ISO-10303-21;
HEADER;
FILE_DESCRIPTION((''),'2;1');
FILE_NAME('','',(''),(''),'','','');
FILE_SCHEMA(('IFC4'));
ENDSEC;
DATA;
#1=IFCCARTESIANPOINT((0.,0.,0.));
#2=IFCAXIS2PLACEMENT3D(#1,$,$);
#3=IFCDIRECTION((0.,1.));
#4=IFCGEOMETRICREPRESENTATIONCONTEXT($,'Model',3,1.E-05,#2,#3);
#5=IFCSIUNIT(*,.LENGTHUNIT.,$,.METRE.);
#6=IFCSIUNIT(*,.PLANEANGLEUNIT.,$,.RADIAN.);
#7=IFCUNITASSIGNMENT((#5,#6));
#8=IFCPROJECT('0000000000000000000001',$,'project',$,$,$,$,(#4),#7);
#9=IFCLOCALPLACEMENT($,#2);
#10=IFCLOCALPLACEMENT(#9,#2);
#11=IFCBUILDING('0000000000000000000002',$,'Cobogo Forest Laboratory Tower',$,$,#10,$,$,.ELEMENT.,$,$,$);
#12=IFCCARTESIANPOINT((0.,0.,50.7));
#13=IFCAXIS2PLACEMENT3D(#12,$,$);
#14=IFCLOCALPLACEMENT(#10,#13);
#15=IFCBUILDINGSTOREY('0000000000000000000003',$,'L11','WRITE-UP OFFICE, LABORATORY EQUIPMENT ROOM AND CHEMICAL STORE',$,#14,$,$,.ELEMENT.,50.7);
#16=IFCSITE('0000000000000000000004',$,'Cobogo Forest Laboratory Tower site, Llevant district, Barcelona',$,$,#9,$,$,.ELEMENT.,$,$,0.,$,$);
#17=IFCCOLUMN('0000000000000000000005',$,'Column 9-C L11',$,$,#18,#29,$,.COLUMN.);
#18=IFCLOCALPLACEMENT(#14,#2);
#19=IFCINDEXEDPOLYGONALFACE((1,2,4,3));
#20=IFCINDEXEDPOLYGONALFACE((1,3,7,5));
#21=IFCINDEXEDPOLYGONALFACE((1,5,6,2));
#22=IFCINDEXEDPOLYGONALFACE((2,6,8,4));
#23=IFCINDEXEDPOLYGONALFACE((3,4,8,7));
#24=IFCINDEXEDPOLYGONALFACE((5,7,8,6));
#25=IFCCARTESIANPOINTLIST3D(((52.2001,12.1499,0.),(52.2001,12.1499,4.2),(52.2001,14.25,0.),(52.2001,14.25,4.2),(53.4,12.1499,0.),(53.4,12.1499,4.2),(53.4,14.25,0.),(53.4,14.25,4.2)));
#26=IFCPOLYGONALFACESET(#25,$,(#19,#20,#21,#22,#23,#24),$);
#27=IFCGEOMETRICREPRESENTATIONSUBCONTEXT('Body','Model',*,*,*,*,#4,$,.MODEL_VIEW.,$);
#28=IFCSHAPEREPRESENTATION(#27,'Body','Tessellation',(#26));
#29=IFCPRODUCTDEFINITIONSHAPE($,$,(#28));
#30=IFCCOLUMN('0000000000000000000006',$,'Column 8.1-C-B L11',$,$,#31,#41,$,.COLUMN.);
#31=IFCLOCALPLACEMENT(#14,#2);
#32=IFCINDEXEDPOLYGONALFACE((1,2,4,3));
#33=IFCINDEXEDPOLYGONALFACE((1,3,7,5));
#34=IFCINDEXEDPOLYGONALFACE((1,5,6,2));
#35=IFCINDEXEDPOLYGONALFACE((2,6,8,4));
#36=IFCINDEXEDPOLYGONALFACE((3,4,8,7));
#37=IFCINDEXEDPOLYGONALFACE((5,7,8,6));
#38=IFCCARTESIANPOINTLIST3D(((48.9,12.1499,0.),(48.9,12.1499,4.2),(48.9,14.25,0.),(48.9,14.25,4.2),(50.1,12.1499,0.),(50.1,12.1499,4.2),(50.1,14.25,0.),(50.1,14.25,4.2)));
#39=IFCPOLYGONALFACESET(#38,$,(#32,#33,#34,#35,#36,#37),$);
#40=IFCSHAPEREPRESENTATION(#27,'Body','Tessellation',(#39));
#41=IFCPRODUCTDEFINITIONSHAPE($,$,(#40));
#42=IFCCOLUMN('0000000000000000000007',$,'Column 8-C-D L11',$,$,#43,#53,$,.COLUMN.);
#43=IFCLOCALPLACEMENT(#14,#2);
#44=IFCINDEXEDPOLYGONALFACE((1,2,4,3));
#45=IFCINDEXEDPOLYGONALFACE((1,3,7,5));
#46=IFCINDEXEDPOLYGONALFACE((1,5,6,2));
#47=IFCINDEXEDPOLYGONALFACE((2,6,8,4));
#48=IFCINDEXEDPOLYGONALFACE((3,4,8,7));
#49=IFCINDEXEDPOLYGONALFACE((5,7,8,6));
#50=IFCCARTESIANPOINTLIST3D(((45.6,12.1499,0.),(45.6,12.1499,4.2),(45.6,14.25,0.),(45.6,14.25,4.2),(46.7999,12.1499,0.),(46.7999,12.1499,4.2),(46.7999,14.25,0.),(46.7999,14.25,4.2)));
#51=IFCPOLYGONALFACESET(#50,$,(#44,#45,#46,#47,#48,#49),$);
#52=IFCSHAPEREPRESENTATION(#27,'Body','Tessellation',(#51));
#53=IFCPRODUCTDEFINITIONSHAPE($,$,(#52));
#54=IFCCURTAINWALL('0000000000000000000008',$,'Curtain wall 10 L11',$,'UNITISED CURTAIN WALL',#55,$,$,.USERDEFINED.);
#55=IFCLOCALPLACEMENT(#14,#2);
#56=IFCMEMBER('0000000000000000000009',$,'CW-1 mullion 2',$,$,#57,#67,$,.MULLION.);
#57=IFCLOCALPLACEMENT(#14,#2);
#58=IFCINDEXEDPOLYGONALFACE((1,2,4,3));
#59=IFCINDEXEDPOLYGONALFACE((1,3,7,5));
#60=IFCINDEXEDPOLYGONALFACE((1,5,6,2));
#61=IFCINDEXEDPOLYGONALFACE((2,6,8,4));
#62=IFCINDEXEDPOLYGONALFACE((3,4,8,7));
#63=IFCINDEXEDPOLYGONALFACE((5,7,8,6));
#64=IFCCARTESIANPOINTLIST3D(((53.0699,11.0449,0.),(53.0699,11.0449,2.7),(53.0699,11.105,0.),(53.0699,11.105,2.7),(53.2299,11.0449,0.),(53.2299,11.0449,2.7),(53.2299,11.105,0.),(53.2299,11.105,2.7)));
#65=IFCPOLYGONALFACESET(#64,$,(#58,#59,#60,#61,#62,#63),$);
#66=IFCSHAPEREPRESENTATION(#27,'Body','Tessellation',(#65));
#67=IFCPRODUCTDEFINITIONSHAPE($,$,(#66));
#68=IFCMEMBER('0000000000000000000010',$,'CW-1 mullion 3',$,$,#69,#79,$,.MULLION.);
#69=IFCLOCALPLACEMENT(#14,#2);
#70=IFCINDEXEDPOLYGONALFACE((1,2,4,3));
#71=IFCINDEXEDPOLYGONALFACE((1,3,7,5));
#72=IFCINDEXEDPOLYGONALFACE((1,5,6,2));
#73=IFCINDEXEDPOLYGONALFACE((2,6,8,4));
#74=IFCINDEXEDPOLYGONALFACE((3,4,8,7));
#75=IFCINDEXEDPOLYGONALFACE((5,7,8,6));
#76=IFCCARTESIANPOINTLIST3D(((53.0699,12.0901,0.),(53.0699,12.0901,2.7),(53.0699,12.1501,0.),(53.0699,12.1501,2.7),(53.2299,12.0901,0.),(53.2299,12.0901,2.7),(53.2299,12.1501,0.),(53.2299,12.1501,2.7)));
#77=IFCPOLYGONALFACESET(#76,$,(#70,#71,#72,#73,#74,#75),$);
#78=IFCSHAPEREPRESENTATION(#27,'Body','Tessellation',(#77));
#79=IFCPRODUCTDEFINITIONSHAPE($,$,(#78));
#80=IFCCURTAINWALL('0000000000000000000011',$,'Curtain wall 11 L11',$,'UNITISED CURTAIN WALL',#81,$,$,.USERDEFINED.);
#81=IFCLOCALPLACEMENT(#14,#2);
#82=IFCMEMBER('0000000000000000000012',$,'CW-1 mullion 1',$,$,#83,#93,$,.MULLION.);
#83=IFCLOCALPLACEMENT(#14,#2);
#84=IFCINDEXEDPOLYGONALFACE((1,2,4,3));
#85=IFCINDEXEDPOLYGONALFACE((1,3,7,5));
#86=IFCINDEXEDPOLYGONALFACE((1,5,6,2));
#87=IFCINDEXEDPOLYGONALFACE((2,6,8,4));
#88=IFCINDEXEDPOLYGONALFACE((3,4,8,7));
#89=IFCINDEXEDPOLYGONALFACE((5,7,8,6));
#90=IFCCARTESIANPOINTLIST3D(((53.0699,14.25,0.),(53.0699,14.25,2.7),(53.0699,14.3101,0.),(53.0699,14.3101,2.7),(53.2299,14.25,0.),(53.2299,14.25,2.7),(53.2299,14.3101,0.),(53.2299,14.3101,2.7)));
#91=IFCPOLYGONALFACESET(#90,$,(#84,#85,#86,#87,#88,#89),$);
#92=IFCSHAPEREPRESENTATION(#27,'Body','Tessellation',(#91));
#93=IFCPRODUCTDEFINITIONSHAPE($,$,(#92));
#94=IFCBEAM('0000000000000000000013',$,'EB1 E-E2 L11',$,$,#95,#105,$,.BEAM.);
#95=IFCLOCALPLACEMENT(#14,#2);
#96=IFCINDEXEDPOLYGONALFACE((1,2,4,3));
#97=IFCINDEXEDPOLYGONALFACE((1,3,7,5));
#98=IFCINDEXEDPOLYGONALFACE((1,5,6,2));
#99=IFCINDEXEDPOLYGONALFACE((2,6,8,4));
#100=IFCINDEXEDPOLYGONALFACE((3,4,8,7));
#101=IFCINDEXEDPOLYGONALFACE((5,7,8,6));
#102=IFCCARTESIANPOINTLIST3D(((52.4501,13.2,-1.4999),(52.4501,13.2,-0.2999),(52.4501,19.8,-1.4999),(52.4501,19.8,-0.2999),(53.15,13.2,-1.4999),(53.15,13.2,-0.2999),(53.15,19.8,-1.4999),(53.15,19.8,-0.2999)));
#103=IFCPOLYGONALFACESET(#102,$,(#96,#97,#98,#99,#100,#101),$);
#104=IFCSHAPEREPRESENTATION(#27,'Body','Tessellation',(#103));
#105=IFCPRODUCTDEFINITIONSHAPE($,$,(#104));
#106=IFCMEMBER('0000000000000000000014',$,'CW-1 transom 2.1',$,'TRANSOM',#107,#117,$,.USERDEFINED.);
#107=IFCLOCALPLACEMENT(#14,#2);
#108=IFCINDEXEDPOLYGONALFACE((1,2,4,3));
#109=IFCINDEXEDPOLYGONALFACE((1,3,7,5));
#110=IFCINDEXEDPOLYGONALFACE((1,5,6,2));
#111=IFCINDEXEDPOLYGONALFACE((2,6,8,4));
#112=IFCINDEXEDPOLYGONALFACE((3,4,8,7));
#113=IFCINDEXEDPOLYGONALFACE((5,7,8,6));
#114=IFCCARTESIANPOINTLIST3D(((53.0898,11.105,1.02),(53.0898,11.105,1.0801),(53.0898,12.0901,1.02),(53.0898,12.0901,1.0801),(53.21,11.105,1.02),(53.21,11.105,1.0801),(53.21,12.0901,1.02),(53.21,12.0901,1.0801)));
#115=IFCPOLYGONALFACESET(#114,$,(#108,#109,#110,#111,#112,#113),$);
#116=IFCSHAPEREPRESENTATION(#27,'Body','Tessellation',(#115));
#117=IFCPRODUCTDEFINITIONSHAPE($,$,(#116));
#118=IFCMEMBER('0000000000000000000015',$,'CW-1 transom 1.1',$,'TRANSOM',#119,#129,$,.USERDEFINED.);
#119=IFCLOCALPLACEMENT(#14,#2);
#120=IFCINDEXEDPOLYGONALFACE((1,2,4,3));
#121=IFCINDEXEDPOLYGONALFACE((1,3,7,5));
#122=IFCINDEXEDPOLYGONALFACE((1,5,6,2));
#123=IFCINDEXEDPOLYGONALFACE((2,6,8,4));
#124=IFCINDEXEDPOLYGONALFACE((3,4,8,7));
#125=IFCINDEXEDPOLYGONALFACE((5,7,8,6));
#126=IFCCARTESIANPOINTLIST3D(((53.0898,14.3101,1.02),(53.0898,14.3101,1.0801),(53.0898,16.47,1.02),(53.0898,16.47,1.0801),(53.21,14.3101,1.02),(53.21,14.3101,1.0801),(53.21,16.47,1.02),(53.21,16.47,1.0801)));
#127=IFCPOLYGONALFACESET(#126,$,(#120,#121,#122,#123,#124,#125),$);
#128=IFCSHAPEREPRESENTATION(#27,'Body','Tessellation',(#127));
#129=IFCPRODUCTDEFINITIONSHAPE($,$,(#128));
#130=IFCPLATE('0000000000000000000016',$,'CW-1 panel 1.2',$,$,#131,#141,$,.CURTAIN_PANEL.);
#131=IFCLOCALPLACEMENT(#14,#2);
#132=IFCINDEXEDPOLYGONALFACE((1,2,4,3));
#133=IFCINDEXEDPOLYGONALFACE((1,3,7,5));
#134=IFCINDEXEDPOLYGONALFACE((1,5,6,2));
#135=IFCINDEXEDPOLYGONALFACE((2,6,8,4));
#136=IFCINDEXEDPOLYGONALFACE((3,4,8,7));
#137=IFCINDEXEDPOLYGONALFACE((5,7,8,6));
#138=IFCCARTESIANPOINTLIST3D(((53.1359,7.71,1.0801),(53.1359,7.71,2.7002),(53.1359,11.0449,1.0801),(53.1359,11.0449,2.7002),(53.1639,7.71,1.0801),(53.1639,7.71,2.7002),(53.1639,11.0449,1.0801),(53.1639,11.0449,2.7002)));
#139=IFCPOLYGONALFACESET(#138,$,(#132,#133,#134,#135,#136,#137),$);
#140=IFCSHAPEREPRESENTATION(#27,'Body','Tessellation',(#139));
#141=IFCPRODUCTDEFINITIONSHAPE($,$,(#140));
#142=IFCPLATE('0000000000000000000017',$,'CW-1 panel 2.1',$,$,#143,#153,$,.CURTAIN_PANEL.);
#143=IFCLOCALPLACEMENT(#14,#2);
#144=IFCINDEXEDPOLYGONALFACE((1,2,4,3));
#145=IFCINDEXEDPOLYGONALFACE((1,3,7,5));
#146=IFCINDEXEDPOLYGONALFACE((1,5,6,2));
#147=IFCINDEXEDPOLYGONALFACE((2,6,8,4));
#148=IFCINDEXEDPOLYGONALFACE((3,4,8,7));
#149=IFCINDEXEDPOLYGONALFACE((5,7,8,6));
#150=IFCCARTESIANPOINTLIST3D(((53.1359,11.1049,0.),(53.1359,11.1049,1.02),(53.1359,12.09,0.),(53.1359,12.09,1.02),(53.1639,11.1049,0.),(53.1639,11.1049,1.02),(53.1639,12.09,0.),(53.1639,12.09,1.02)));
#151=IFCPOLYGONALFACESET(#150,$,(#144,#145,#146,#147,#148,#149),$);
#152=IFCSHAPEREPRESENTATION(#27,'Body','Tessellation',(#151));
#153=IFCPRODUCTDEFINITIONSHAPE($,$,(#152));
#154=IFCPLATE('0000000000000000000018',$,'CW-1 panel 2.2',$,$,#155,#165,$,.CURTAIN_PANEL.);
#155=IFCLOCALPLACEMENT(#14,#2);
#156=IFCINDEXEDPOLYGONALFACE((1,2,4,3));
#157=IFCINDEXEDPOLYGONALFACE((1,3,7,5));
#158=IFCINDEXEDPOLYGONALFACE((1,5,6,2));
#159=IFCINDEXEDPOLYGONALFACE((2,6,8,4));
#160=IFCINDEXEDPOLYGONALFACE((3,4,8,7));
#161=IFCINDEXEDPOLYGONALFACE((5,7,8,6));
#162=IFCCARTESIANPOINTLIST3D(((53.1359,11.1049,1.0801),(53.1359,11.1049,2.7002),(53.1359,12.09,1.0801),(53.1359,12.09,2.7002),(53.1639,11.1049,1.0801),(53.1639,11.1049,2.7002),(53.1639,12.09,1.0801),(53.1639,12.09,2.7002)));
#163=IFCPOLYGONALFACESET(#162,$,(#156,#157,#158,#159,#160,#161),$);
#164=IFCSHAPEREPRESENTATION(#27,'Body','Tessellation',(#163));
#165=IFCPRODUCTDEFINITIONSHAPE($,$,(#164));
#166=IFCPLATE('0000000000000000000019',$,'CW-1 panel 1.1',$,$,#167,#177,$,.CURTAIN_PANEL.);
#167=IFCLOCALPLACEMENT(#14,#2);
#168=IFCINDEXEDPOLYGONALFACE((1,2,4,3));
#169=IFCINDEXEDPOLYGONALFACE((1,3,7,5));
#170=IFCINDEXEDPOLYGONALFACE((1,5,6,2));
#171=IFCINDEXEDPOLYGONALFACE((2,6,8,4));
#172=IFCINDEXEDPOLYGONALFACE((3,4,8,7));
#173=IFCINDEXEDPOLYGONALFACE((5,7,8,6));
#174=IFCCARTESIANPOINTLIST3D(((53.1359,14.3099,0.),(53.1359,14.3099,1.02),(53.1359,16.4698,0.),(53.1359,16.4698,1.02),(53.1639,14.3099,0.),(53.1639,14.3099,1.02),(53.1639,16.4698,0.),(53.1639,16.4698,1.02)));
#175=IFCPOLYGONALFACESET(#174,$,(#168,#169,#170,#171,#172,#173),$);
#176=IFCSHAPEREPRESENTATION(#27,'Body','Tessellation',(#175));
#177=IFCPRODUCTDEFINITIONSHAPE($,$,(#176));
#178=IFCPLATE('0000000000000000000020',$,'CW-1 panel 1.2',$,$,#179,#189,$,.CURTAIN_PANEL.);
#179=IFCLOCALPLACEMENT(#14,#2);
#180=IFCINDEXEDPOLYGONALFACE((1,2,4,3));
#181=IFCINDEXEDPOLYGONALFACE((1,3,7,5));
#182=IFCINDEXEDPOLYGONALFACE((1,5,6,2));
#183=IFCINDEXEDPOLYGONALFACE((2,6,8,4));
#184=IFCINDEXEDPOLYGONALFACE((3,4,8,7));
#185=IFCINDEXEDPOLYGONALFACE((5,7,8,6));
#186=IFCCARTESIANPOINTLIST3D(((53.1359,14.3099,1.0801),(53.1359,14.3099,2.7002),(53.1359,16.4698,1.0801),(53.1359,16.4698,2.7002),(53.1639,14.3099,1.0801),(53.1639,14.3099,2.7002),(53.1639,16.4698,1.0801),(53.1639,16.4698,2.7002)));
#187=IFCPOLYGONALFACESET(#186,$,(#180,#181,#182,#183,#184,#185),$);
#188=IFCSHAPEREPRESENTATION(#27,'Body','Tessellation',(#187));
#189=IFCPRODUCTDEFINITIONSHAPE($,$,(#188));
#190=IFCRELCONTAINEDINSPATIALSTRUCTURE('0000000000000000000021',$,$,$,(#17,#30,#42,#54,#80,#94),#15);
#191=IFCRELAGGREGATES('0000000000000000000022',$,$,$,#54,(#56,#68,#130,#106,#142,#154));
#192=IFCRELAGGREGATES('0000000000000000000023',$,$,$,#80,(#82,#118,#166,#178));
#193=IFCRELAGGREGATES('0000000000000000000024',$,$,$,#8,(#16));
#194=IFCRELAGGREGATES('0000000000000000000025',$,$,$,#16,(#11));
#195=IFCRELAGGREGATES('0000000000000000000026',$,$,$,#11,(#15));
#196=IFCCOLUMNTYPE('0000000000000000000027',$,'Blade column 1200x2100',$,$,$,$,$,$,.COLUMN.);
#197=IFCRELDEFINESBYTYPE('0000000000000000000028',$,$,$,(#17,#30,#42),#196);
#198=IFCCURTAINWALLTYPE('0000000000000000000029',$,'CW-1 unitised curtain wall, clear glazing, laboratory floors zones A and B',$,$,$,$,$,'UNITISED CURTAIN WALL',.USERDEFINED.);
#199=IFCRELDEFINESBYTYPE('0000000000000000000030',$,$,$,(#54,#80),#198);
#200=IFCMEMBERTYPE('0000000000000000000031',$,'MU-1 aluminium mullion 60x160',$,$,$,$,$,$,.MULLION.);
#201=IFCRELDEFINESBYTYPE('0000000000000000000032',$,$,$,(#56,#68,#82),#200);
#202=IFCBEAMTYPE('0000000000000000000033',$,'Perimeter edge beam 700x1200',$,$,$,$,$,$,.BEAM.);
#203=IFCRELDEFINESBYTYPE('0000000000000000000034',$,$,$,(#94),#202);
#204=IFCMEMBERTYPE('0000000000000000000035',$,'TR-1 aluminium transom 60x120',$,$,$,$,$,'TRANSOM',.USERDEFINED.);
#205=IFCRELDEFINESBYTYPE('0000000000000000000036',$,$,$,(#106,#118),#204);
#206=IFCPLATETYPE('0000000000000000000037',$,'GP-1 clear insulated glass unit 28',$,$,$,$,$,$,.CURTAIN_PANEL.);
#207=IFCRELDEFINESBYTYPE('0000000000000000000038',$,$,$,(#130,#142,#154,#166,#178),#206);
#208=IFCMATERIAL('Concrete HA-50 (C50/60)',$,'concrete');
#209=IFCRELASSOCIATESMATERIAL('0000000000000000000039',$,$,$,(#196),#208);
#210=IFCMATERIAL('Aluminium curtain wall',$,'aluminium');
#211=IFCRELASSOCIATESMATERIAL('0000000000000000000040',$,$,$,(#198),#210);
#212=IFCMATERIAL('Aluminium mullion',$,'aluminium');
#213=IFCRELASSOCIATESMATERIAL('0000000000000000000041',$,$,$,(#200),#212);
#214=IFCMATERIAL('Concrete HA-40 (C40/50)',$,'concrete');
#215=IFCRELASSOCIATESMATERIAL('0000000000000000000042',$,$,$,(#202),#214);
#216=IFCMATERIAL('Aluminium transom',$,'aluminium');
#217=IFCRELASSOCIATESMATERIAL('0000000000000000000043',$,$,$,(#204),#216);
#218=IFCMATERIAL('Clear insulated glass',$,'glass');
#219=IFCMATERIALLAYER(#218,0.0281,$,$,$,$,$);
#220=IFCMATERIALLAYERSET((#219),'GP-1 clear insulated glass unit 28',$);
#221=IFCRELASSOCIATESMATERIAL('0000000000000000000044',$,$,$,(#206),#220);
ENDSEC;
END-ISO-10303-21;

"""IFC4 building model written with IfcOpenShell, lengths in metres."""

from ifc_helpers import new_model, si_unit, direction, frame, origin, origin_2d, place, context, subcontext, project, spatial, rectangle, extrude, material, layer, layer_set, material_profile, profile_set, type_object, element, aggregate, save


model = new_model("IFC4")

# Units and contexts
model_context = context("Model", 3, precision=1e-05, world=origin(), true_north=direction((0.0, 1.0)))
body_context = subcontext(model_context, "Body", "Model", "MODEL_VIEW")
ifc_project = project(units=[si_unit("LENGTHUNIT", "METRE"), si_unit("PLANEANGLEUNIT", "RADIAN")], contexts=[model_context])

# Site, building, storey
site_placement = place(None, origin())
site = spatial("IfcSite", under=ifc_project, at=site_placement, Name="Cobogo Forest Laboratory Tower site, Llevant district, Barcelona", CompositionType="ELEMENT", RefElevation=0.0)
building_placement = place(site_placement, origin())
building = spatial("IfcBuilding", under=site, at=building_placement, Name="Cobogo Forest Laboratory Tower", CompositionType="ELEMENT")
storey_placement = place(building_placement, frame((0.0, 0.0, 50.7)))
storey = spatial("IfcBuildingStorey", under=building, at=storey_placement, Name="L11", Description="WRITE-UP OFFICE, LABORATORY EQUIPMENT ROOM AND CHEMICAL STORE", CompositionType="ELEMENT", Elevation=50.7)

# Columns
ifc_material_1 = material(Name="Concrete HA-50 (C50/60)", Category="concrete")
ifc_material_profile_1 = material_profile(ifc_material_1, rectangle(XDim=2.1001, YDim=1.2, at=origin_2d()), Name="RC 1200x2100")
ifc_profile_set_1 = profile_set([ifc_material_profile_1], Name="Concrete HA-50 (C50/60)")
column_type = type_object("IfcColumnType", Name="Blade column 1200x2100", PredefinedType="COLUMN", material=ifc_profile_set_1)
for number, where, z_axis, x_axis, name in (
    (1, (52.8, 13.2, 0.0), (0.0, 0.0, 1.0), (0.0, 1.0, 0.0), "Column 9-C L11"),
    (2, (49.5, 13.2, 0.0), (0.0, 0.0, 1.0), (0.0, 1.0, 0.0), "Column 8.1-C-B L11"),
    (3, (46.2, 13.2, 0.0), (0.0, 0.0, 1.0), (0.0, 1.0, 0.0), "Column 8-C-D L11"),
):
    element("IfcColumn", number, at=place(storey_placement, frame(where, z_axis=z_axis, x_axis=x_axis)), inside=storey, type_object=column_type, Name=name, PredefinedType="COLUMN", context=body_context, shape_type="SweptSolid", body=[
        extrude(rectangle(XDim=2.1001, YDim=1.2, at=origin_2d()), origin(), (0.0, 0.0, 1.0), 4.2),
    ])

# Curtain wall, members
ifc_material_2 = material(Name="Aluminium curtain wall", Category="aluminium")
curtain_wall_type = type_object("IfcCurtainWallType", Name="CW-1 unitised curtain wall, clear glazing, laboratory floors zones A and B", ElementType="UNITISED CURTAIN WALL", PredefinedType="USERDEFINED", material=ifc_material_2)
curtain_wall_1_placement = place(storey_placement, origin())
curtain_wall_1 = element("IfcCurtainWall", 4, at=curtain_wall_1_placement, inside=storey, type_object=curtain_wall_type, Name="Curtain wall 10 L11", ObjectType="UNITISED CURTAIN WALL", PredefinedType="USERDEFINED")
ifc_material_3 = material(Name="Aluminium mullion", Category="aluminium")
ifc_material_profile_2 = material_profile(ifc_material_3, rectangle(XDim=0.0601, YDim=0.1599, at=origin_2d()), Name="AL 60x160")
ifc_profile_set_2 = profile_set([ifc_material_profile_2], Name="Aluminium mullion")
member_type_1 = type_object("IfcMemberType", Name="MU-1 aluminium mullion 60x160", PredefinedType="MULLION", material=ifc_profile_set_2)
member_1_placement = place(storey_placement, frame((53.1499, 11.075, 0.0), z_axis=(0.0, 0.0, 1.0), x_axis=(0.0, 1.0, 0.0)))
member_1 = element("IfcMember", 5, at=member_1_placement, type_object=member_type_1, Name="CW-1 mullion 2", PredefinedType="MULLION", context=body_context, shape_type="SweptSolid", body=[
    extrude(rectangle(XDim=0.0601, YDim=0.1599, at=origin_2d()), origin(), (0.0, 0.0, 1.0), 2.7),
])
member_2_placement = place(storey_placement, frame((53.1499, 12.1201, 0.0), z_axis=(0.0, 0.0, 1.0), x_axis=(0.0, 1.0, 0.0)))
member_2 = element("IfcMember", 6, at=member_2_placement, type_object=member_type_1, Name="CW-1 mullion 3", PredefinedType="MULLION", context=body_context, shape_type="SweptSolid", body=[
    extrude(rectangle(XDim=0.0601, YDim=0.1599, at=origin_2d()), origin(), (0.0, 0.0, 1.0), 2.7),
])

# Curtain wall, member
curtain_wall_2_placement = place(storey_placement, origin())
curtain_wall_2 = element("IfcCurtainWall", 7, at=curtain_wall_2_placement, inside=storey, type_object=curtain_wall_type, Name="Curtain wall 11 L11", ObjectType="UNITISED CURTAIN WALL", PredefinedType="USERDEFINED")
member_3_placement = place(storey_placement, frame((53.1499, 14.28, 0.0), z_axis=(0.0, 0.0, 1.0), x_axis=(0.0, 1.0, 0.0)))
member_3 = element("IfcMember", 8, at=member_3_placement, type_object=member_type_1, Name="CW-1 mullion 1", PredefinedType="MULLION", context=body_context, shape_type="SweptSolid", body=[
    extrude(rectangle(XDim=0.0601, YDim=0.1599, at=origin_2d()), origin(), (0.0, 0.0, 1.0), 2.7),
])

# Beam
ifc_material_4 = material(Name="Concrete HA-40 (C40/50)", Category="concrete")
ifc_material_profile_3 = material_profile(ifc_material_4, rectangle(XDim=0.7, YDim=1.2, at=origin_2d()), Name="RC 700x1200")
ifc_profile_set_3 = profile_set([ifc_material_profile_3], Name="Concrete HA-40 (C40/50)")
beam_type = type_object("IfcBeamType", Name="Perimeter edge beam 700x1200", PredefinedType="BEAM", material=ifc_profile_set_3)
beam_placement = place(storey_placement, frame((52.8, 13.2, -0.8999), z_axis=(0.0, 1.0, 0.0), x_axis=(-1.0, 0.0, 0.0)))
element("IfcBeam", 9, at=beam_placement, inside=storey, type_object=beam_type, Name="EB1 E-E2 L11", PredefinedType="BEAM", context=body_context, shape_type="SweptSolid", body=[
    extrude(rectangle(XDim=0.7, YDim=1.2, at=origin_2d()), origin(), (0.0, 0.0, 1.0), 6.6001),
])

# Members
ifc_material_5 = material(Name="Aluminium transom", Category="aluminium")
ifc_material_profile_4 = material_profile(ifc_material_5, rectangle(XDim=0.1201, YDim=0.0601, at=origin_2d()), Name="AL 60x120")
ifc_profile_set_4 = profile_set([ifc_material_profile_4], Name="Aluminium transom")
member_type_2 = type_object("IfcMemberType", Name="TR-1 aluminium transom 60x120", ElementType="TRANSOM", PredefinedType="USERDEFINED", material=ifc_profile_set_4)
member_4_placement = place(storey_placement, frame((53.1499, 11.105, 1.05), z_axis=(0.0, 1.0, 0.0), x_axis=(-1.0, 0.0, 0.0)))
member_4 = element("IfcMember", 10, at=member_4_placement, type_object=member_type_2, Name="CW-1 transom 2.1", ObjectType="TRANSOM", PredefinedType="USERDEFINED", context=body_context, shape_type="SweptSolid", body=[
    extrude(rectangle(XDim=0.1201, YDim=0.0601, at=origin_2d()), origin(), (0.0, 0.0, 1.0), 0.9851),
])
member_5_placement = place(storey_placement, frame((53.1499, 14.3101, 1.05), z_axis=(0.0, 1.0, 0.0), x_axis=(-1.0, 0.0, 0.0)))
member_5 = element("IfcMember", 11, at=member_5_placement, type_object=member_type_2, Name="CW-1 transom 1.1", ObjectType="TRANSOM", PredefinedType="USERDEFINED", context=body_context, shape_type="SweptSolid", body=[
    extrude(rectangle(XDim=0.1201, YDim=0.0601, at=origin_2d()), origin(), (0.0, 0.0, 1.0), 2.1599),
])

# Plates
ifc_material_6 = material(Name="Clear insulated glass", Category="glass")
ifc_layer_1 = layer(ifc_material_6, 0.0281)
ifc_layer_set_1 = layer_set([ifc_layer_1], Name="GP-1 clear insulated glass unit 28")
plate_type_1 = type_object("IfcPlateType", Name="GP-1 clear insulated glass unit 28", PredefinedType="CURTAIN_PANEL", material=ifc_layer_set_1)
plate_1_placement = place(storey_placement, frame((53.1499, 9.3774, 1.0801), z_axis=(0.0, 0.0, 1.0), x_axis=(0.0, 1.0, 0.0)))
plate_1 = element("IfcPlate", 12, at=plate_1_placement, type_object=plate_type_1, Name="CW-1 panel 1.2", PredefinedType="CURTAIN_PANEL", context=body_context, shape_type="SweptSolid", body=[
    extrude(rectangle(XDim=3.335, YDim=0.0281, at=origin_2d()), origin(), (0.0, 0.0, 1.0), 1.6201),
])
plate_2_placement = place(storey_placement, frame((53.1499, 11.5974, 0.0), z_axis=(0.0, 0.0, 1.0), x_axis=(0.0, 1.0, 0.0)))
plate_2 = element("IfcPlate", 13, at=plate_2_placement, type_object=plate_type_1, Name="CW-1 panel 2.1", PredefinedType="CURTAIN_PANEL", context=body_context, shape_type="SweptSolid", body=[
    extrude(rectangle(XDim=0.9851, YDim=0.0281, at=origin_2d()), origin(), (0.0, 0.0, 1.0), 1.02),
])
plate_3_placement = place(storey_placement, frame((53.1499, 11.5974, 1.0801), z_axis=(0.0, 0.0, 1.0), x_axis=(0.0, 1.0, 0.0)))
plate_3 = element("IfcPlate", 14, at=plate_3_placement, type_object=plate_type_1, Name="CW-1 panel 2.2", PredefinedType="CURTAIN_PANEL", context=body_context, shape_type="SweptSolid", body=[
    extrude(rectangle(XDim=0.9851, YDim=0.0281, at=origin_2d()), origin(), (0.0, 0.0, 1.0), 1.6201),
])
aggregate(curtain_wall_1, [member_1, member_2, plate_1, member_4, plate_2, plate_3])
plate_4_placement = place(storey_placement, frame((53.1499, 15.3899, 0.0), z_axis=(0.0, 0.0, 1.0), x_axis=(0.0, 1.0, 0.0)))
plate_4 = element("IfcPlate", 15, at=plate_4_placement, type_object=plate_type_1, Name="CW-1 panel 1.1", PredefinedType="CURTAIN_PANEL", context=body_context, shape_type="SweptSolid", body=[
    extrude(rectangle(XDim=2.1599, YDim=0.0281, at=origin_2d()), origin(), (0.0, 0.0, 1.0), 1.02),
])
plate_5_placement = place(storey_placement, frame((53.1499, 15.3899, 1.0801), z_axis=(0.0, 0.0, 1.0), x_axis=(0.0, 1.0, 0.0)))
plate_5 = element("IfcPlate", 16, at=plate_5_placement, type_object=plate_type_1, Name="CW-1 panel 1.2", PredefinedType="CURTAIN_PANEL", context=body_context, shape_type="SweptSolid", body=[
    extrude(rectangle(XDim=2.1599, YDim=0.0281, at=origin_2d()), origin(), (0.0, 0.0, 1.0), 1.6201),
])
aggregate(curtain_wall_2, [member_3, member_5, plate_4, plate_5])

save(model, "model.ifc")
